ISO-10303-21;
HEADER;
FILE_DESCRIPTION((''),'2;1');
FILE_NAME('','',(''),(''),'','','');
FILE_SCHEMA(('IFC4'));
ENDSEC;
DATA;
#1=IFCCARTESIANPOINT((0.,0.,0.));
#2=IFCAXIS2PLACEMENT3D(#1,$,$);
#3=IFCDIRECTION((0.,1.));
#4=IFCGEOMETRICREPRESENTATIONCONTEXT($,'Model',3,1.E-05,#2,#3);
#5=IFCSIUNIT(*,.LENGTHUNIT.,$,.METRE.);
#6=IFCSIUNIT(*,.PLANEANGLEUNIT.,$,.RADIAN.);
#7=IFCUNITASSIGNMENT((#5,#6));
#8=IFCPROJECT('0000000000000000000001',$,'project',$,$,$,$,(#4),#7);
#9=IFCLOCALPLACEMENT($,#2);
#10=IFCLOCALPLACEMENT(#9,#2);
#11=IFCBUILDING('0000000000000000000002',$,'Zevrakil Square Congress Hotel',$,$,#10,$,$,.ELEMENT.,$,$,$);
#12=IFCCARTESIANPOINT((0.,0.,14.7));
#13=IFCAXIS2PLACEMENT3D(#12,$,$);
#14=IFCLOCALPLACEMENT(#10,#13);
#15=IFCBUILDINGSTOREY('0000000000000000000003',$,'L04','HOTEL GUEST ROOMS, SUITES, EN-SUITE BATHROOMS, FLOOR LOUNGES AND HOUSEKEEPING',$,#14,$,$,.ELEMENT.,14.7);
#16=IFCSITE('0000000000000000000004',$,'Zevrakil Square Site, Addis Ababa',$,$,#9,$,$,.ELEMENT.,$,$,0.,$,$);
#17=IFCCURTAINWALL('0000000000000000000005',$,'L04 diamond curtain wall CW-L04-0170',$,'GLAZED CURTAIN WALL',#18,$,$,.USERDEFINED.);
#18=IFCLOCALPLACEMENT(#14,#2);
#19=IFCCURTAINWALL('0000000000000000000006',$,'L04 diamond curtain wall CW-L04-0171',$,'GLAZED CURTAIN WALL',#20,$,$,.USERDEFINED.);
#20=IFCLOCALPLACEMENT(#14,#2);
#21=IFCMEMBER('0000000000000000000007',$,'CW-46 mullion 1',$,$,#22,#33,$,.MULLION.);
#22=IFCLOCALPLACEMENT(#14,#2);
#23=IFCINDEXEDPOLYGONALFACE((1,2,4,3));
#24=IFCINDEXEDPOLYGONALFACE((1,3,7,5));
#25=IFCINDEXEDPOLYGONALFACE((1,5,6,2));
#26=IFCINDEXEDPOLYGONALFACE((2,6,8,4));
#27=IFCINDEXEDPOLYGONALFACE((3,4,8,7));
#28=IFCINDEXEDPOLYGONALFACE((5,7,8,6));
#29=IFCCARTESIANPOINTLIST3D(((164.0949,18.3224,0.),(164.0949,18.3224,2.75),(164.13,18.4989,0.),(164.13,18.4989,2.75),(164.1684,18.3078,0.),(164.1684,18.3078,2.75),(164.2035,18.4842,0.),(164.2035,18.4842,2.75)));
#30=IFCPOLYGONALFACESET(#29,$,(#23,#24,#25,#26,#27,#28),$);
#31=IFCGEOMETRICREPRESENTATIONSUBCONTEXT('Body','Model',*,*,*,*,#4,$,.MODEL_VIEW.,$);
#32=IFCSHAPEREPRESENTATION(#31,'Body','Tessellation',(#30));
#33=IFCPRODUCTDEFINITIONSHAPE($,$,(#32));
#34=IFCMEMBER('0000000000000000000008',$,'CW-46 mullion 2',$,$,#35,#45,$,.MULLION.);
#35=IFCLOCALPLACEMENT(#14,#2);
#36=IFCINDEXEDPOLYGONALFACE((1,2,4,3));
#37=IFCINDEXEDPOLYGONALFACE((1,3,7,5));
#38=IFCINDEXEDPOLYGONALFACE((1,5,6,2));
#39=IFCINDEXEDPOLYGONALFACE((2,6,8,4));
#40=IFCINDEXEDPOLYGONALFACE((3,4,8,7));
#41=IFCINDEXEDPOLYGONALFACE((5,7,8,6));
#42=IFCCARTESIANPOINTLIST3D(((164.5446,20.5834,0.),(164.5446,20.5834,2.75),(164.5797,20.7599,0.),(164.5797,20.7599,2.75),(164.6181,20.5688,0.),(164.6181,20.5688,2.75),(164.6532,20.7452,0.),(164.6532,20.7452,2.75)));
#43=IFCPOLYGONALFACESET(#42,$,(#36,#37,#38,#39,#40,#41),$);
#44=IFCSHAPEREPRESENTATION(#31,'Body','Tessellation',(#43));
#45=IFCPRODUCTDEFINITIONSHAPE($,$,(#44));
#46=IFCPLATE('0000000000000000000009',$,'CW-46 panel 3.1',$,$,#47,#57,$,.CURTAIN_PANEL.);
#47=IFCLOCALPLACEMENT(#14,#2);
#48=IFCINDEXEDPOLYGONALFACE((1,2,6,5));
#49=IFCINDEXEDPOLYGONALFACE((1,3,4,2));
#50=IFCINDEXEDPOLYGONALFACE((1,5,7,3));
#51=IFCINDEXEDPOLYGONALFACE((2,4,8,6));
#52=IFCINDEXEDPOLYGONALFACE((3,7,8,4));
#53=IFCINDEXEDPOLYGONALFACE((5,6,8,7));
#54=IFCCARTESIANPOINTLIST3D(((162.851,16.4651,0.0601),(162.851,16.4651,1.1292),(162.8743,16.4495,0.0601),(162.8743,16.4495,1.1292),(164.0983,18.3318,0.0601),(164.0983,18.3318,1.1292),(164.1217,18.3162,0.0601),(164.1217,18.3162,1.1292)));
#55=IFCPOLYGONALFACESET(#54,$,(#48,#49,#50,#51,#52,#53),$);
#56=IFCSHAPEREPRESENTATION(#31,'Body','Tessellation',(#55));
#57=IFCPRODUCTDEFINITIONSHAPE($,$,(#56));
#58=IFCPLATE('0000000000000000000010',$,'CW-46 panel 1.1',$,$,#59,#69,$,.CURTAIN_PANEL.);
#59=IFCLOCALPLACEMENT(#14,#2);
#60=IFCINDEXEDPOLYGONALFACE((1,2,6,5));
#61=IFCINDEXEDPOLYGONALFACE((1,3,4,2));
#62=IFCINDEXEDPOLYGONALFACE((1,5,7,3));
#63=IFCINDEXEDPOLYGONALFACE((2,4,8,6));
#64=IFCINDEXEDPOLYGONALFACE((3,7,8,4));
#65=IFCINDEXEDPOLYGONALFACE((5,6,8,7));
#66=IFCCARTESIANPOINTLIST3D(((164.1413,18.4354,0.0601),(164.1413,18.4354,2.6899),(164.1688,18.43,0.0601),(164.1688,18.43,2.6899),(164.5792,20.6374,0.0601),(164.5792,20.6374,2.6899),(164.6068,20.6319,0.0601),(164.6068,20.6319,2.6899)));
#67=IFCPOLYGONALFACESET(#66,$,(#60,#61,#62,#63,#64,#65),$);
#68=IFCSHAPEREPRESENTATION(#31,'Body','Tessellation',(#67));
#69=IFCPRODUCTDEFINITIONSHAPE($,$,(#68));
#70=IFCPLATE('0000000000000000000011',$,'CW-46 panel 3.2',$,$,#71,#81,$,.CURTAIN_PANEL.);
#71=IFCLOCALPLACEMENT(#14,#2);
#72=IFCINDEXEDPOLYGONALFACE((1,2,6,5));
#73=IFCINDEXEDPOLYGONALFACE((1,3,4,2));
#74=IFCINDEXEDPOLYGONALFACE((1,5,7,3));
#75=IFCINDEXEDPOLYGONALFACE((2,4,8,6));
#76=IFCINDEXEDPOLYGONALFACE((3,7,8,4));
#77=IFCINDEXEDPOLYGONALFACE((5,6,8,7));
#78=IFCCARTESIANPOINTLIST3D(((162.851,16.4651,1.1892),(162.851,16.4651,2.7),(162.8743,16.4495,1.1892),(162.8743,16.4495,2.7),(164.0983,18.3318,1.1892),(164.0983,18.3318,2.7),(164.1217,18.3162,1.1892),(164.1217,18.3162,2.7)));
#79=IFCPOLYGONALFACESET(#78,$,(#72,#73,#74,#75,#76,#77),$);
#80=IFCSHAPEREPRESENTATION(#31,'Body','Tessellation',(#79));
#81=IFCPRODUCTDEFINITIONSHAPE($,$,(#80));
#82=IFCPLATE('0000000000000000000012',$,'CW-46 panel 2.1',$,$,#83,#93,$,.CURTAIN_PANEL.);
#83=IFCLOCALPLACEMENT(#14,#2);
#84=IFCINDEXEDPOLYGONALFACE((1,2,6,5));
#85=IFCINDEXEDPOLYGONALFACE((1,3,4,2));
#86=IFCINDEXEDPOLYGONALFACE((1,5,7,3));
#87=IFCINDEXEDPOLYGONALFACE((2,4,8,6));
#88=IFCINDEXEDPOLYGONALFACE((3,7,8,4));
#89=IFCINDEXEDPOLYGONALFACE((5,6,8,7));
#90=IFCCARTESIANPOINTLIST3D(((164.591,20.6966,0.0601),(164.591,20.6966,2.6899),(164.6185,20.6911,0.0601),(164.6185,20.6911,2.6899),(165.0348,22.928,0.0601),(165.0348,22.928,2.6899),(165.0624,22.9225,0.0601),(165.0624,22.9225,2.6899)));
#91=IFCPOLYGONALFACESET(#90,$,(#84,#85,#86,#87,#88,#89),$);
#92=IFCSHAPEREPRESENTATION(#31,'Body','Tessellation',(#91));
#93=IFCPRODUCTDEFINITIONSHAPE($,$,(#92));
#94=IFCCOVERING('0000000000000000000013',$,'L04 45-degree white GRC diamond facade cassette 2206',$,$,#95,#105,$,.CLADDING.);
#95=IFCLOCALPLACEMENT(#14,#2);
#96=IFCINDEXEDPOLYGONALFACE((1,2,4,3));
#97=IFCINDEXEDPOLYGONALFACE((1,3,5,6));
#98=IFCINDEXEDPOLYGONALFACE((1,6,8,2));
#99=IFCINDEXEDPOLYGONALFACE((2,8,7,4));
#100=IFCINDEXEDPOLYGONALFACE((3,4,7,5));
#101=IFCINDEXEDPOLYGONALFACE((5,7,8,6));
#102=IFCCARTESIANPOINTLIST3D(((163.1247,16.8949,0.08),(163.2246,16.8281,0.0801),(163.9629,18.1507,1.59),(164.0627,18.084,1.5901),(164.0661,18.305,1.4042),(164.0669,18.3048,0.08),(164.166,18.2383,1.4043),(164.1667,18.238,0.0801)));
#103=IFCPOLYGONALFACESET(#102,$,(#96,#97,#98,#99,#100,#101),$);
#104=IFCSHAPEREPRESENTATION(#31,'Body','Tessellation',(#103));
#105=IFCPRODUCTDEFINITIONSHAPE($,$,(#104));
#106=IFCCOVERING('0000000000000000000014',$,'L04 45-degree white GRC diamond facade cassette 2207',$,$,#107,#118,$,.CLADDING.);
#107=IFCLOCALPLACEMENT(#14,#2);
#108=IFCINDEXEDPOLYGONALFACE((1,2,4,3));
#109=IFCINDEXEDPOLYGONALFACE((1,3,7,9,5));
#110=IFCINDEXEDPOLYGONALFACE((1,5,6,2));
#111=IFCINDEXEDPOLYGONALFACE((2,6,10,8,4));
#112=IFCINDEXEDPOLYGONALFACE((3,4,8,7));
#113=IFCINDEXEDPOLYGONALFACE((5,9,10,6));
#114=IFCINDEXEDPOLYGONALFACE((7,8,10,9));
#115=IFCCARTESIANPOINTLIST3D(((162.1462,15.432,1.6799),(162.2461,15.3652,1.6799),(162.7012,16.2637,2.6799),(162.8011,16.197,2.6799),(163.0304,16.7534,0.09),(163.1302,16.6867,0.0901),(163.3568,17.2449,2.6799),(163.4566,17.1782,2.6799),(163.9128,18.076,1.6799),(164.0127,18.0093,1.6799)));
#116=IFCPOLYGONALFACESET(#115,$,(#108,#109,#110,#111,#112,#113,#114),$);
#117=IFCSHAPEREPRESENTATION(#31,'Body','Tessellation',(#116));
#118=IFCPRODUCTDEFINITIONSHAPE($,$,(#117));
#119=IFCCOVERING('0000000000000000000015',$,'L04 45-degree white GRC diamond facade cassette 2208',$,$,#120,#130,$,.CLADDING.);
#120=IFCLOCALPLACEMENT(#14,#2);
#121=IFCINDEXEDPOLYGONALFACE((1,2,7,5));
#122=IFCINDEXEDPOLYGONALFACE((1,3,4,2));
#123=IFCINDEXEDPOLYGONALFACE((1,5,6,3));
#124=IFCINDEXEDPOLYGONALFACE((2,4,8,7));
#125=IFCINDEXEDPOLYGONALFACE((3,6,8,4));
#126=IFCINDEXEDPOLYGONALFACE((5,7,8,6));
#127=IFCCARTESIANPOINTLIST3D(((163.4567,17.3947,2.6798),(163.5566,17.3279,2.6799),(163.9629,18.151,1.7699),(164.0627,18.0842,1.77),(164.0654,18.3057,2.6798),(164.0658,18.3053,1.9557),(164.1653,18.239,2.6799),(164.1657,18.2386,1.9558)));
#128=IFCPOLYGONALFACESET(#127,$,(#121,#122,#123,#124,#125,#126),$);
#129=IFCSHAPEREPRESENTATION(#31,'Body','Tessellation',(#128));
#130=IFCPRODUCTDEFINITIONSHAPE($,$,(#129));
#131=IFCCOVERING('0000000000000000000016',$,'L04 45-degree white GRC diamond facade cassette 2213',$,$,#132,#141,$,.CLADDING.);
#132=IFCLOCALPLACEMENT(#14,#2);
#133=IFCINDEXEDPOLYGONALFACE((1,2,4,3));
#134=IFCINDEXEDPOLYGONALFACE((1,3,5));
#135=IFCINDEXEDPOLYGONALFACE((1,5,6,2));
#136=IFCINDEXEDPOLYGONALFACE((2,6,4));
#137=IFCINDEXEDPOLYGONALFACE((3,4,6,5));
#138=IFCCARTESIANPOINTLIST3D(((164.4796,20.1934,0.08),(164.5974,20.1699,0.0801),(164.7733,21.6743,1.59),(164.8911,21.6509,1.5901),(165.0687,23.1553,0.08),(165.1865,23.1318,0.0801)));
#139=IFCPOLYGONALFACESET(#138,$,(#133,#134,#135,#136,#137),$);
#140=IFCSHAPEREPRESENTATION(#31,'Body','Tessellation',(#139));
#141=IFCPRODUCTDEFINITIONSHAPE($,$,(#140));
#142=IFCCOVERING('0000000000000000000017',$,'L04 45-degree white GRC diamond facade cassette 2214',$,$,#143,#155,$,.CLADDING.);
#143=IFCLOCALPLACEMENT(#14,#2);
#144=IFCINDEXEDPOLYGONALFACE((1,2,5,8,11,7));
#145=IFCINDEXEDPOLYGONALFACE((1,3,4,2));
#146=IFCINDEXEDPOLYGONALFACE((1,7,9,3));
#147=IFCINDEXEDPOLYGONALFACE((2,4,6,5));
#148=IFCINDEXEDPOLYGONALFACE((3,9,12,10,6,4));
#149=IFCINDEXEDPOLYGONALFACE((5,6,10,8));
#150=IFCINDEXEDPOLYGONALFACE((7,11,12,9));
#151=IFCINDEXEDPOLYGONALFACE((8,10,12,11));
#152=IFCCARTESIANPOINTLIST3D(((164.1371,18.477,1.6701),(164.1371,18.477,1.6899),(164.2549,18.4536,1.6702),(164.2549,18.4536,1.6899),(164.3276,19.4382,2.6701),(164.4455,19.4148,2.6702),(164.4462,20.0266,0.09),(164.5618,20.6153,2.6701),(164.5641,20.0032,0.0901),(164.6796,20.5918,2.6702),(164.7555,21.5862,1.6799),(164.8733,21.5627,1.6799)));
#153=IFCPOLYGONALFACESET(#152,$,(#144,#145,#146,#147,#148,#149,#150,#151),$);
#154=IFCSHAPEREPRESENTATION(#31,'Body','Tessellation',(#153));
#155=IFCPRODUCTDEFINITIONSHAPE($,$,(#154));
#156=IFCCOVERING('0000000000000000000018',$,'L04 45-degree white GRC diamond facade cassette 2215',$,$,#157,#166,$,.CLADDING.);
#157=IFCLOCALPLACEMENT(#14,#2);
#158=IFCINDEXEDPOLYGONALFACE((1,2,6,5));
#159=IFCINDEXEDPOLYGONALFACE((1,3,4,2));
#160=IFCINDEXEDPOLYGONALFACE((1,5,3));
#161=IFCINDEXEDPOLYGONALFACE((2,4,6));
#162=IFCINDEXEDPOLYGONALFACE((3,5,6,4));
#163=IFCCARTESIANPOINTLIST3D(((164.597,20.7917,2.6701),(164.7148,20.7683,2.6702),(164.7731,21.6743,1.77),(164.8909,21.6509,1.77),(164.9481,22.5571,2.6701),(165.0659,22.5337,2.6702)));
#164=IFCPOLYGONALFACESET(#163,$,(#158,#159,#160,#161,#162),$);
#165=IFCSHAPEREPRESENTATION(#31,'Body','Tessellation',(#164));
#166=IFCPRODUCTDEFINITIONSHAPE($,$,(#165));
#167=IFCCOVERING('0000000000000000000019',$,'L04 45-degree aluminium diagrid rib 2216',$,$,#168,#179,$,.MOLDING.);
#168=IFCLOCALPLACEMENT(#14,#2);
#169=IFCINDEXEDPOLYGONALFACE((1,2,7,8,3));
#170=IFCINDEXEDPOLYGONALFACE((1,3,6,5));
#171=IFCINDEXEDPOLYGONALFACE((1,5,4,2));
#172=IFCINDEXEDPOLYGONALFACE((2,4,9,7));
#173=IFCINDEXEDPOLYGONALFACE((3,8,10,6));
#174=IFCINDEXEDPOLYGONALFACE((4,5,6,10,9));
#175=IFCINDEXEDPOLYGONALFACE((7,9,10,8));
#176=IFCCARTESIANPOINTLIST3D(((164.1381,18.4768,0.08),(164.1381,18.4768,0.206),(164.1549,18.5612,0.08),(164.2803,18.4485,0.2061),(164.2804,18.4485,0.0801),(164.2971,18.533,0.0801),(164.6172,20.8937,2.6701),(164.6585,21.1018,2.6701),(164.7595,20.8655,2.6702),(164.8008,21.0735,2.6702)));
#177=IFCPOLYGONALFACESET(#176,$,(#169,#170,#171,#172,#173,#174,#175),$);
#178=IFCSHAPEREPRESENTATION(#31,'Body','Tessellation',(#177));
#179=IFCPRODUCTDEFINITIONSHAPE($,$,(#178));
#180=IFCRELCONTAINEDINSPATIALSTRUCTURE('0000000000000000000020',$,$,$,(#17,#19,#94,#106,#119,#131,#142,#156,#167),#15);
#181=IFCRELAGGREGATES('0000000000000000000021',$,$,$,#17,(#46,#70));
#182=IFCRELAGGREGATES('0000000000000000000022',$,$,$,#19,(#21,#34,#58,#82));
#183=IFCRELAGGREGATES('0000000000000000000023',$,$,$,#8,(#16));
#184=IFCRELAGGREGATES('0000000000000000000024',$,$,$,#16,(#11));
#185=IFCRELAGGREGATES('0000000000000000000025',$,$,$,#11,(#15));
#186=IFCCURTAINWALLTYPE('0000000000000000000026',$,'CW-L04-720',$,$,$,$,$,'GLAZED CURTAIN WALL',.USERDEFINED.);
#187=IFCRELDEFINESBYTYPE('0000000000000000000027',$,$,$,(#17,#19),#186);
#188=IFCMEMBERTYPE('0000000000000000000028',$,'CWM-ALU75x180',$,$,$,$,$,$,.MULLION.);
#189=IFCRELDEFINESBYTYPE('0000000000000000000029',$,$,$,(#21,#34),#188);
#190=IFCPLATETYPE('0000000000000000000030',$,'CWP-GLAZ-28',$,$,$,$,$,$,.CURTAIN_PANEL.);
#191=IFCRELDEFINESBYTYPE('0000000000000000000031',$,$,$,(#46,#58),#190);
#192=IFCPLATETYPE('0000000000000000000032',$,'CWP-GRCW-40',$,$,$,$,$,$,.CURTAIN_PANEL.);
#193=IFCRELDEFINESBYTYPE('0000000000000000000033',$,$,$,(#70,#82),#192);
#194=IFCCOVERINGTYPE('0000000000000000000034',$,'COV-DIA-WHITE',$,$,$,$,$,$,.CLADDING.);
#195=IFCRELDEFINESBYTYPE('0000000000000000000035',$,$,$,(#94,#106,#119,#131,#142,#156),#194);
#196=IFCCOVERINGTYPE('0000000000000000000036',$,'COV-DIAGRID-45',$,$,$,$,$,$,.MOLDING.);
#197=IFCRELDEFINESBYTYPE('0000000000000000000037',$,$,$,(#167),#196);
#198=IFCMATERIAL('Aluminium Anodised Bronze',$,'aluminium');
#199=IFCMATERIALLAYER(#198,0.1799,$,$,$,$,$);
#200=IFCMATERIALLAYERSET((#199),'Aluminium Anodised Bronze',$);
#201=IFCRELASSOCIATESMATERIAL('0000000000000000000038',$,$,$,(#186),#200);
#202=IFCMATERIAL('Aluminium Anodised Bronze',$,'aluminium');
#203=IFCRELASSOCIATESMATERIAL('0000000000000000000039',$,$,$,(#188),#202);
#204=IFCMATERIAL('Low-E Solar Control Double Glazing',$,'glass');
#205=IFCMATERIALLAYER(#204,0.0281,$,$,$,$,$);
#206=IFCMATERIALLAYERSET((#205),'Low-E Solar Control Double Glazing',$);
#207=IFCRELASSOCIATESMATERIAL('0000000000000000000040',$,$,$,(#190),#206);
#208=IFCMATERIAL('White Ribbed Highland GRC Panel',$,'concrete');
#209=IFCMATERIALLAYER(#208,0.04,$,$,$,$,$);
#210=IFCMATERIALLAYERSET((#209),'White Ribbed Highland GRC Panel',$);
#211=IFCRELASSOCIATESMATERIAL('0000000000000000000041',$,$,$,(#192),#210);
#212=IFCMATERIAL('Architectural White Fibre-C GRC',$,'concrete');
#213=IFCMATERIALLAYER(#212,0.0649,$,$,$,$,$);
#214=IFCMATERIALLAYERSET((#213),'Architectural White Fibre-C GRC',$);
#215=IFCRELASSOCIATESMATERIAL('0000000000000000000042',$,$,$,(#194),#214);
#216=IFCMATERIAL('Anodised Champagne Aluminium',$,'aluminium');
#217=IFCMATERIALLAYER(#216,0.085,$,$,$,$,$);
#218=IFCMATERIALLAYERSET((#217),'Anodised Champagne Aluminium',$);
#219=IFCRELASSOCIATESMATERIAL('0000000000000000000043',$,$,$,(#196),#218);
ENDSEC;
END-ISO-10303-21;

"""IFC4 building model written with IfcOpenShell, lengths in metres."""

from ifc_helpers import new_model, si_unit, direction, frame, origin, origin_2d, place, context, subcontext, project, spatial, polyline, rectangle, outline, extrude, material, layer, layer_set, material_profile, profile_set, type_object, element, aggregate, save


model = new_model("IFC4")

# Units and contexts
model_context = context("Model", 3, precision=1e-05, world=origin(), true_north=direction((0.0, 1.0)))
body_context = subcontext(model_context, "Body", "Model", "MODEL_VIEW")
ifc_project = project(units=[si_unit("LENGTHUNIT", "METRE"), si_unit("PLANEANGLEUNIT", "RADIAN")], contexts=[model_context])

# Site, building, storey
site_placement = place(None, origin())
site = spatial("IfcSite", under=ifc_project, at=site_placement, Name="Zevrakil Square Site, Addis Ababa", CompositionType="ELEMENT", RefElevation=0.0)
building_placement = place(site_placement, origin())
building = spatial("IfcBuilding", under=site, at=building_placement, Name="Zevrakil Square Congress Hotel", CompositionType="ELEMENT")
storey_placement = place(building_placement, frame((0.0, 0.0, 14.7)))
storey = spatial("IfcBuildingStorey", under=building, at=storey_placement, Name="L04", Description="HOTEL GUEST ROOMS, SUITES, EN-SUITE BATHROOMS, FLOOR LOUNGES AND HOUSEKEEPING", CompositionType="ELEMENT", Elevation=14.7)

# Curtain walls
ifc_material_1 = material(Name="Aluminium Anodised Bronze", Category="aluminium")
ifc_layer_1 = layer(ifc_material_1, 0.1799)
ifc_layer_set_1 = layer_set([ifc_layer_1], Name="Aluminium Anodised Bronze")
curtain_wall_type = type_object("IfcCurtainWallType", Name="CW-L04-720", ElementType="GLAZED CURTAIN WALL", PredefinedType="USERDEFINED", material=ifc_layer_set_1)
curtain_wall_1_placement = place(storey_placement, origin())
curtain_wall_1 = element("IfcCurtainWall", 1, at=curtain_wall_1_placement, inside=storey, type_object=curtain_wall_type, Name="L04 diamond curtain wall CW-L04-0170", ObjectType="GLAZED CURTAIN WALL", PredefinedType="USERDEFINED")
curtain_wall_2_placement = place(storey_placement, origin())
curtain_wall_2 = element("IfcCurtainWall", 2, at=curtain_wall_2_placement, inside=storey, type_object=curtain_wall_type, Name="L04 diamond curtain wall CW-L04-0171", ObjectType="GLAZED CURTAIN WALL", PredefinedType="USERDEFINED")

# Members
ifc_material_2 = material(Name="Aluminium Anodised Bronze", Category="aluminium")
ifc_material_profile_1 = material_profile(ifc_material_2, rectangle(XDim=0.075, YDim=0.1799, at=origin_2d()), Name="ALU 75x180")
ifc_profile_set_1 = profile_set([ifc_material_profile_1], Name="Aluminium Anodised Bronze")
member_type_1 = type_object("IfcMemberType", Name="CWM-ALU75x180", PredefinedType="MULLION", material=ifc_profile_set_1)
member_1_placement = place(storey_placement, frame((164.1492, 18.4033, 0.0), z_axis=(0.0, 0.0, 1.0), x_axis=(-0.980787, 0.195084, 0.0)))
member_1 = element("IfcMember", 3, at=member_1_placement, type_object=member_type_1, Name="CW-46 mullion 1", PredefinedType="MULLION", context=body_context, shape_type="SweptSolid", body=[
    extrude(rectangle(XDim=0.075, YDim=0.1799, at=origin_2d()), origin(), (0.0, 0.0, 1.0), 2.75),
])
member_2_placement = place(storey_placement, frame((164.5989, 20.6643, 0.0), z_axis=(0.0, 0.0, 1.0), x_axis=(-0.980787, 0.195084, 0.0)))
member_2 = element("IfcMember", 4, at=member_2_placement, type_object=member_type_1, Name="CW-46 mullion 2", PredefinedType="MULLION", context=body_context, shape_type="SweptSolid", body=[
    extrude(rectangle(XDim=0.075, YDim=0.1799, at=origin_2d()), origin(), (0.0, 0.0, 1.0), 2.75),
])

# Plates
ifc_material_3 = material(Name="Low-E Solar Control Double Glazing", Category="glass")
ifc_layer_2 = layer(ifc_material_3, 0.0281)
ifc_layer_set_2 = layer_set([ifc_layer_2], Name="Low-E Solar Control Double Glazing")
plate_type_1 = type_object("IfcPlateType", Name="CWP-GLAZ-28", PredefinedType="CURTAIN_PANEL", material=ifc_layer_set_2)
plate_1_placement = place(storey_placement, frame((163.4863, 17.3906, 0.0601), z_axis=(0.0, 0.0, 1.0), x_axis=(0.555576, 0.831466, 0.0)))
plate_1 = element("IfcPlate", 5, at=plate_1_placement, type_object=plate_type_1, Name="CW-46 panel 3.1", PredefinedType="CURTAIN_PANEL", context=body_context, shape_type="SweptSolid", body=[
    extrude(rectangle(XDim=2.2451, YDim=0.0281, at=origin_2d()), origin(), (0.0, 0.0, 1.0), 1.0691),
])
plate_2_placement = place(storey_placement, frame((164.374, 19.5337, 0.0601), z_axis=(0.0, 0.0, 1.0), x_axis=(0.195084, 0.980787, 0.0)))
plate_2 = element("IfcPlate", 6, at=plate_2_placement, type_object=plate_type_1, Name="CW-46 panel 1.1", PredefinedType="CURTAIN_PANEL", context=body_context, shape_type="SweptSolid", body=[
    extrude(rectangle(XDim=2.2451, YDim=0.0281, at=origin_2d()), origin(), (0.0, 0.0, 1.0), 2.6299),
])
ifc_material_4 = material(Name="White Ribbed Highland GRC Panel", Category="concrete")
ifc_layer_3 = layer(ifc_material_4, 0.04)
ifc_layer_set_3 = layer_set([ifc_layer_3], Name="White Ribbed Highland GRC Panel")
plate_type_2 = type_object("IfcPlateType", Name="CWP-GRCW-40", PredefinedType="CURTAIN_PANEL", material=ifc_layer_set_3)
plate_3_placement = place(storey_placement, frame((163.4863, 17.3906, 1.1892), z_axis=(0.0, 0.0, 1.0), x_axis=(0.555576, 0.831466, 0.0)))
plate_3 = element("IfcPlate", 7, at=plate_3_placement, type_object=plate_type_2, Name="CW-46 panel 3.2", PredefinedType="CURTAIN_PANEL", context=body_context, shape_type="SweptSolid", body=[
    extrude(rectangle(XDim=2.2451, YDim=0.0281, at=origin_2d()), origin(), (0.0, 0.0, 1.0), 1.5107),
])
aggregate(curtain_wall_1, [plate_1, plate_3])
plate_4_placement = place(storey_placement, frame((164.8267, 21.8096, 0.0601), z_axis=(0.0, 0.0, 1.0), x_axis=(0.195084, 0.980787, 0.0)))
plate_4 = element("IfcPlate", 8, at=plate_4_placement, type_object=plate_type_2, Name="CW-46 panel 2.1", PredefinedType="CURTAIN_PANEL", context=body_context, shape_type="SweptSolid", body=[
    extrude(rectangle(XDim=2.2751, YDim=0.0281, at=origin_2d()), origin(), (0.0, 0.0, 1.0), 2.6299),
])
aggregate(curtain_wall_2, [member_1, member_2, plate_2, plate_4])

# Coverings
ifc_material_5 = material(Name="Architectural White Fibre-C GRC", Category="concrete")
ifc_layer_4 = layer(ifc_material_5, 0.0649)
ifc_layer_set_4 = layer_set([ifc_layer_4], Name="Architectural White Fibre-C GRC")
covering_type_1 = type_object("IfcCoveringType", Name="COV-DIA-WHITE", PredefinedType="CLADDING", material=ifc_layer_set_4)
covering_1_placement = place(storey_placement, frame((164.0627, 18.084, 1.5901), z_axis=(0.831443, -0.55561, 0.000583), x_axis=(0.393088, 0.587495, -0.707341)))
element("IfcCovering", 9, at=covering_1_placement, inside=storey, type_object=covering_type_1, Name="L04 45-degree white GRC diamond facade cassette 2206", PredefinedType="CLADDING", context=body_context, shape_type="SweptSolid", body=[
    extrude(outline(polyline([(0.0, 0.0), (0.2627, 0.0), (1.1995, -0.9359), (0.0008, -2.1354), (0.0, 0.0)])), origin(), (0.0, 0.0, -1.0), 0.1201),
])
covering_2_placement = place(storey_placement, frame((164.0127, 18.0093, 1.6799), z_axis=(0.831486, -0.555545, 0.000627), x_axis=(-0.392475, -0.588216, -0.707082)))
element("IfcCovering", 10, at=covering_2_placement, inside=storey, type_object=covering_type_1, Name="L04 45-degree white GRC diamond facade cassette 2207", PredefinedType="CLADDING", context=body_context, shape_type="SweptSolid", body=[
    extrude(outline(polyline([(0.0, 0.0), (2.2485, 0.0), (2.2486, -2.2485), (0.8345, -2.2486), (0.0, -1.4142), (0.0, 0.0)])), origin(), (0.0, 0.0, -1.0), 0.1201),
])
covering_3_placement = place(storey_placement, frame((164.0627, 18.0842, 1.77), z_axis=(0.831487, -0.555544, 0.000802), x_axis=(-0.393332, -0.587681, 0.707051)))
element("IfcCovering", 11, at=covering_3_placement, inside=storey, type_object=covering_type_1, Name="L04 45-degree white GRC diamond facade cassette 2208", PredefinedType="CLADDING", context=body_context, shape_type="SweptSolid", body=[
    extrude(outline(polyline([(0.0, 0.0), (1.2869, 0.0), (0.5121, -0.7747), (0.0002, -0.2626), (0.0, 0.0)])), origin(), (0.0, 0.0, -1.0), 0.1201),
])
covering_4_placement = place(storey_placement, frame((164.8911, 21.6509, 1.5901), z_axis=(0.980788, -0.195074, 0.000555), x_axis=(0.138329, 0.693474, -0.707078)))
element("IfcCovering", 12, at=covering_4_placement, inside=storey, type_object=covering_type_1, Name="L04 45-degree white GRC diamond facade cassette 2213", PredefinedType="CLADDING", context=body_context, shape_type="SweptSolid", body=[
    extrude(outline(polyline([(0.0, 0.0), (2.1356, 0.0), (0.0001, -2.1353), (0.0, 0.0)])), origin(), (0.0, 0.0, -1.0), 0.1201),
])
covering_5_placement = place(storey_placement, frame((164.8733, 21.5627, 1.6799), z_axis=(0.980787, -0.195082, 0.000595), x_axis=(-0.137534, -0.693616, -0.707094)))
element("IfcCovering", 13, at=covering_5_placement, inside=storey, type_object=covering_type_1, Name="L04 45-degree white GRC diamond facade cassette 2214", PredefinedType="CLADDING", context=body_context, shape_type="SweptSolid", body=[
    extrude(outline(polyline([(0.0, 0.0), (2.2484, 0.0), (2.2485, -2.2346), (2.2345, -2.2486), (0.8485, -2.2488), (-0.0001, -1.4003), (0.0, 0.0)])), origin(), (0.0, 0.0, -1.0), 0.1201),
])
covering_6_placement = place(storey_placement, frame((164.8909, 21.6509, 1.77), z_axis=(0.980794, -0.195047, 0.000558), x_axis=(-0.138291, -0.693374, 0.707184)))
element("IfcCovering", 14, at=covering_6_placement, inside=storey, type_object=covering_type_1, Name="L04 45-degree white GRC diamond facade cassette 2215", PredefinedType="CLADDING", context=body_context, shape_type="SweptSolid", body=[
    extrude(outline(polyline([(0.0, 0.0), (1.2729, 0.0), (0.0002, -1.2729), (0.0, 0.0)])), origin(), (0.0, 0.0, -1.0), 0.1201),
])
ifc_material_6 = material(Name="Anodised Champagne Aluminium", Category="aluminium")
ifc_layer_5 = layer(ifc_material_6, 0.085)
ifc_layer_set_5 = layer_set([ifc_layer_5], Name="Anodised Champagne Aluminium")
covering_type_2 = type_object("IfcCoveringType", Name="COV-DIAGRID-45", PredefinedType="MOLDING", material=ifc_layer_set_5)
covering_7_placement = place(storey_placement, frame((164.2971, 18.533, 0.0801), z_axis=(0.980858, -0.194726, 0.000266), x_axis=(-0.194726, -0.980858, -0.000001)))
element("IfcCovering", 15, at=covering_7_placement, inside=storey, type_object=covering_type_2, Name="L04 45-degree aluminium diagrid rib 2216", PredefinedType="MOLDING", context=body_context, shape_type="SweptSolid", body=[
    extrude(outline(polyline([(0.0, 0.0), (0.0861, 0.0), (0.0861, -0.126), (-2.3779, -2.5901), (-2.59, -2.5901), (0.0, 0.0)])), origin(), (0.0, 0.0, -1.0), 0.145),
])

save(model, "model.ifc")
